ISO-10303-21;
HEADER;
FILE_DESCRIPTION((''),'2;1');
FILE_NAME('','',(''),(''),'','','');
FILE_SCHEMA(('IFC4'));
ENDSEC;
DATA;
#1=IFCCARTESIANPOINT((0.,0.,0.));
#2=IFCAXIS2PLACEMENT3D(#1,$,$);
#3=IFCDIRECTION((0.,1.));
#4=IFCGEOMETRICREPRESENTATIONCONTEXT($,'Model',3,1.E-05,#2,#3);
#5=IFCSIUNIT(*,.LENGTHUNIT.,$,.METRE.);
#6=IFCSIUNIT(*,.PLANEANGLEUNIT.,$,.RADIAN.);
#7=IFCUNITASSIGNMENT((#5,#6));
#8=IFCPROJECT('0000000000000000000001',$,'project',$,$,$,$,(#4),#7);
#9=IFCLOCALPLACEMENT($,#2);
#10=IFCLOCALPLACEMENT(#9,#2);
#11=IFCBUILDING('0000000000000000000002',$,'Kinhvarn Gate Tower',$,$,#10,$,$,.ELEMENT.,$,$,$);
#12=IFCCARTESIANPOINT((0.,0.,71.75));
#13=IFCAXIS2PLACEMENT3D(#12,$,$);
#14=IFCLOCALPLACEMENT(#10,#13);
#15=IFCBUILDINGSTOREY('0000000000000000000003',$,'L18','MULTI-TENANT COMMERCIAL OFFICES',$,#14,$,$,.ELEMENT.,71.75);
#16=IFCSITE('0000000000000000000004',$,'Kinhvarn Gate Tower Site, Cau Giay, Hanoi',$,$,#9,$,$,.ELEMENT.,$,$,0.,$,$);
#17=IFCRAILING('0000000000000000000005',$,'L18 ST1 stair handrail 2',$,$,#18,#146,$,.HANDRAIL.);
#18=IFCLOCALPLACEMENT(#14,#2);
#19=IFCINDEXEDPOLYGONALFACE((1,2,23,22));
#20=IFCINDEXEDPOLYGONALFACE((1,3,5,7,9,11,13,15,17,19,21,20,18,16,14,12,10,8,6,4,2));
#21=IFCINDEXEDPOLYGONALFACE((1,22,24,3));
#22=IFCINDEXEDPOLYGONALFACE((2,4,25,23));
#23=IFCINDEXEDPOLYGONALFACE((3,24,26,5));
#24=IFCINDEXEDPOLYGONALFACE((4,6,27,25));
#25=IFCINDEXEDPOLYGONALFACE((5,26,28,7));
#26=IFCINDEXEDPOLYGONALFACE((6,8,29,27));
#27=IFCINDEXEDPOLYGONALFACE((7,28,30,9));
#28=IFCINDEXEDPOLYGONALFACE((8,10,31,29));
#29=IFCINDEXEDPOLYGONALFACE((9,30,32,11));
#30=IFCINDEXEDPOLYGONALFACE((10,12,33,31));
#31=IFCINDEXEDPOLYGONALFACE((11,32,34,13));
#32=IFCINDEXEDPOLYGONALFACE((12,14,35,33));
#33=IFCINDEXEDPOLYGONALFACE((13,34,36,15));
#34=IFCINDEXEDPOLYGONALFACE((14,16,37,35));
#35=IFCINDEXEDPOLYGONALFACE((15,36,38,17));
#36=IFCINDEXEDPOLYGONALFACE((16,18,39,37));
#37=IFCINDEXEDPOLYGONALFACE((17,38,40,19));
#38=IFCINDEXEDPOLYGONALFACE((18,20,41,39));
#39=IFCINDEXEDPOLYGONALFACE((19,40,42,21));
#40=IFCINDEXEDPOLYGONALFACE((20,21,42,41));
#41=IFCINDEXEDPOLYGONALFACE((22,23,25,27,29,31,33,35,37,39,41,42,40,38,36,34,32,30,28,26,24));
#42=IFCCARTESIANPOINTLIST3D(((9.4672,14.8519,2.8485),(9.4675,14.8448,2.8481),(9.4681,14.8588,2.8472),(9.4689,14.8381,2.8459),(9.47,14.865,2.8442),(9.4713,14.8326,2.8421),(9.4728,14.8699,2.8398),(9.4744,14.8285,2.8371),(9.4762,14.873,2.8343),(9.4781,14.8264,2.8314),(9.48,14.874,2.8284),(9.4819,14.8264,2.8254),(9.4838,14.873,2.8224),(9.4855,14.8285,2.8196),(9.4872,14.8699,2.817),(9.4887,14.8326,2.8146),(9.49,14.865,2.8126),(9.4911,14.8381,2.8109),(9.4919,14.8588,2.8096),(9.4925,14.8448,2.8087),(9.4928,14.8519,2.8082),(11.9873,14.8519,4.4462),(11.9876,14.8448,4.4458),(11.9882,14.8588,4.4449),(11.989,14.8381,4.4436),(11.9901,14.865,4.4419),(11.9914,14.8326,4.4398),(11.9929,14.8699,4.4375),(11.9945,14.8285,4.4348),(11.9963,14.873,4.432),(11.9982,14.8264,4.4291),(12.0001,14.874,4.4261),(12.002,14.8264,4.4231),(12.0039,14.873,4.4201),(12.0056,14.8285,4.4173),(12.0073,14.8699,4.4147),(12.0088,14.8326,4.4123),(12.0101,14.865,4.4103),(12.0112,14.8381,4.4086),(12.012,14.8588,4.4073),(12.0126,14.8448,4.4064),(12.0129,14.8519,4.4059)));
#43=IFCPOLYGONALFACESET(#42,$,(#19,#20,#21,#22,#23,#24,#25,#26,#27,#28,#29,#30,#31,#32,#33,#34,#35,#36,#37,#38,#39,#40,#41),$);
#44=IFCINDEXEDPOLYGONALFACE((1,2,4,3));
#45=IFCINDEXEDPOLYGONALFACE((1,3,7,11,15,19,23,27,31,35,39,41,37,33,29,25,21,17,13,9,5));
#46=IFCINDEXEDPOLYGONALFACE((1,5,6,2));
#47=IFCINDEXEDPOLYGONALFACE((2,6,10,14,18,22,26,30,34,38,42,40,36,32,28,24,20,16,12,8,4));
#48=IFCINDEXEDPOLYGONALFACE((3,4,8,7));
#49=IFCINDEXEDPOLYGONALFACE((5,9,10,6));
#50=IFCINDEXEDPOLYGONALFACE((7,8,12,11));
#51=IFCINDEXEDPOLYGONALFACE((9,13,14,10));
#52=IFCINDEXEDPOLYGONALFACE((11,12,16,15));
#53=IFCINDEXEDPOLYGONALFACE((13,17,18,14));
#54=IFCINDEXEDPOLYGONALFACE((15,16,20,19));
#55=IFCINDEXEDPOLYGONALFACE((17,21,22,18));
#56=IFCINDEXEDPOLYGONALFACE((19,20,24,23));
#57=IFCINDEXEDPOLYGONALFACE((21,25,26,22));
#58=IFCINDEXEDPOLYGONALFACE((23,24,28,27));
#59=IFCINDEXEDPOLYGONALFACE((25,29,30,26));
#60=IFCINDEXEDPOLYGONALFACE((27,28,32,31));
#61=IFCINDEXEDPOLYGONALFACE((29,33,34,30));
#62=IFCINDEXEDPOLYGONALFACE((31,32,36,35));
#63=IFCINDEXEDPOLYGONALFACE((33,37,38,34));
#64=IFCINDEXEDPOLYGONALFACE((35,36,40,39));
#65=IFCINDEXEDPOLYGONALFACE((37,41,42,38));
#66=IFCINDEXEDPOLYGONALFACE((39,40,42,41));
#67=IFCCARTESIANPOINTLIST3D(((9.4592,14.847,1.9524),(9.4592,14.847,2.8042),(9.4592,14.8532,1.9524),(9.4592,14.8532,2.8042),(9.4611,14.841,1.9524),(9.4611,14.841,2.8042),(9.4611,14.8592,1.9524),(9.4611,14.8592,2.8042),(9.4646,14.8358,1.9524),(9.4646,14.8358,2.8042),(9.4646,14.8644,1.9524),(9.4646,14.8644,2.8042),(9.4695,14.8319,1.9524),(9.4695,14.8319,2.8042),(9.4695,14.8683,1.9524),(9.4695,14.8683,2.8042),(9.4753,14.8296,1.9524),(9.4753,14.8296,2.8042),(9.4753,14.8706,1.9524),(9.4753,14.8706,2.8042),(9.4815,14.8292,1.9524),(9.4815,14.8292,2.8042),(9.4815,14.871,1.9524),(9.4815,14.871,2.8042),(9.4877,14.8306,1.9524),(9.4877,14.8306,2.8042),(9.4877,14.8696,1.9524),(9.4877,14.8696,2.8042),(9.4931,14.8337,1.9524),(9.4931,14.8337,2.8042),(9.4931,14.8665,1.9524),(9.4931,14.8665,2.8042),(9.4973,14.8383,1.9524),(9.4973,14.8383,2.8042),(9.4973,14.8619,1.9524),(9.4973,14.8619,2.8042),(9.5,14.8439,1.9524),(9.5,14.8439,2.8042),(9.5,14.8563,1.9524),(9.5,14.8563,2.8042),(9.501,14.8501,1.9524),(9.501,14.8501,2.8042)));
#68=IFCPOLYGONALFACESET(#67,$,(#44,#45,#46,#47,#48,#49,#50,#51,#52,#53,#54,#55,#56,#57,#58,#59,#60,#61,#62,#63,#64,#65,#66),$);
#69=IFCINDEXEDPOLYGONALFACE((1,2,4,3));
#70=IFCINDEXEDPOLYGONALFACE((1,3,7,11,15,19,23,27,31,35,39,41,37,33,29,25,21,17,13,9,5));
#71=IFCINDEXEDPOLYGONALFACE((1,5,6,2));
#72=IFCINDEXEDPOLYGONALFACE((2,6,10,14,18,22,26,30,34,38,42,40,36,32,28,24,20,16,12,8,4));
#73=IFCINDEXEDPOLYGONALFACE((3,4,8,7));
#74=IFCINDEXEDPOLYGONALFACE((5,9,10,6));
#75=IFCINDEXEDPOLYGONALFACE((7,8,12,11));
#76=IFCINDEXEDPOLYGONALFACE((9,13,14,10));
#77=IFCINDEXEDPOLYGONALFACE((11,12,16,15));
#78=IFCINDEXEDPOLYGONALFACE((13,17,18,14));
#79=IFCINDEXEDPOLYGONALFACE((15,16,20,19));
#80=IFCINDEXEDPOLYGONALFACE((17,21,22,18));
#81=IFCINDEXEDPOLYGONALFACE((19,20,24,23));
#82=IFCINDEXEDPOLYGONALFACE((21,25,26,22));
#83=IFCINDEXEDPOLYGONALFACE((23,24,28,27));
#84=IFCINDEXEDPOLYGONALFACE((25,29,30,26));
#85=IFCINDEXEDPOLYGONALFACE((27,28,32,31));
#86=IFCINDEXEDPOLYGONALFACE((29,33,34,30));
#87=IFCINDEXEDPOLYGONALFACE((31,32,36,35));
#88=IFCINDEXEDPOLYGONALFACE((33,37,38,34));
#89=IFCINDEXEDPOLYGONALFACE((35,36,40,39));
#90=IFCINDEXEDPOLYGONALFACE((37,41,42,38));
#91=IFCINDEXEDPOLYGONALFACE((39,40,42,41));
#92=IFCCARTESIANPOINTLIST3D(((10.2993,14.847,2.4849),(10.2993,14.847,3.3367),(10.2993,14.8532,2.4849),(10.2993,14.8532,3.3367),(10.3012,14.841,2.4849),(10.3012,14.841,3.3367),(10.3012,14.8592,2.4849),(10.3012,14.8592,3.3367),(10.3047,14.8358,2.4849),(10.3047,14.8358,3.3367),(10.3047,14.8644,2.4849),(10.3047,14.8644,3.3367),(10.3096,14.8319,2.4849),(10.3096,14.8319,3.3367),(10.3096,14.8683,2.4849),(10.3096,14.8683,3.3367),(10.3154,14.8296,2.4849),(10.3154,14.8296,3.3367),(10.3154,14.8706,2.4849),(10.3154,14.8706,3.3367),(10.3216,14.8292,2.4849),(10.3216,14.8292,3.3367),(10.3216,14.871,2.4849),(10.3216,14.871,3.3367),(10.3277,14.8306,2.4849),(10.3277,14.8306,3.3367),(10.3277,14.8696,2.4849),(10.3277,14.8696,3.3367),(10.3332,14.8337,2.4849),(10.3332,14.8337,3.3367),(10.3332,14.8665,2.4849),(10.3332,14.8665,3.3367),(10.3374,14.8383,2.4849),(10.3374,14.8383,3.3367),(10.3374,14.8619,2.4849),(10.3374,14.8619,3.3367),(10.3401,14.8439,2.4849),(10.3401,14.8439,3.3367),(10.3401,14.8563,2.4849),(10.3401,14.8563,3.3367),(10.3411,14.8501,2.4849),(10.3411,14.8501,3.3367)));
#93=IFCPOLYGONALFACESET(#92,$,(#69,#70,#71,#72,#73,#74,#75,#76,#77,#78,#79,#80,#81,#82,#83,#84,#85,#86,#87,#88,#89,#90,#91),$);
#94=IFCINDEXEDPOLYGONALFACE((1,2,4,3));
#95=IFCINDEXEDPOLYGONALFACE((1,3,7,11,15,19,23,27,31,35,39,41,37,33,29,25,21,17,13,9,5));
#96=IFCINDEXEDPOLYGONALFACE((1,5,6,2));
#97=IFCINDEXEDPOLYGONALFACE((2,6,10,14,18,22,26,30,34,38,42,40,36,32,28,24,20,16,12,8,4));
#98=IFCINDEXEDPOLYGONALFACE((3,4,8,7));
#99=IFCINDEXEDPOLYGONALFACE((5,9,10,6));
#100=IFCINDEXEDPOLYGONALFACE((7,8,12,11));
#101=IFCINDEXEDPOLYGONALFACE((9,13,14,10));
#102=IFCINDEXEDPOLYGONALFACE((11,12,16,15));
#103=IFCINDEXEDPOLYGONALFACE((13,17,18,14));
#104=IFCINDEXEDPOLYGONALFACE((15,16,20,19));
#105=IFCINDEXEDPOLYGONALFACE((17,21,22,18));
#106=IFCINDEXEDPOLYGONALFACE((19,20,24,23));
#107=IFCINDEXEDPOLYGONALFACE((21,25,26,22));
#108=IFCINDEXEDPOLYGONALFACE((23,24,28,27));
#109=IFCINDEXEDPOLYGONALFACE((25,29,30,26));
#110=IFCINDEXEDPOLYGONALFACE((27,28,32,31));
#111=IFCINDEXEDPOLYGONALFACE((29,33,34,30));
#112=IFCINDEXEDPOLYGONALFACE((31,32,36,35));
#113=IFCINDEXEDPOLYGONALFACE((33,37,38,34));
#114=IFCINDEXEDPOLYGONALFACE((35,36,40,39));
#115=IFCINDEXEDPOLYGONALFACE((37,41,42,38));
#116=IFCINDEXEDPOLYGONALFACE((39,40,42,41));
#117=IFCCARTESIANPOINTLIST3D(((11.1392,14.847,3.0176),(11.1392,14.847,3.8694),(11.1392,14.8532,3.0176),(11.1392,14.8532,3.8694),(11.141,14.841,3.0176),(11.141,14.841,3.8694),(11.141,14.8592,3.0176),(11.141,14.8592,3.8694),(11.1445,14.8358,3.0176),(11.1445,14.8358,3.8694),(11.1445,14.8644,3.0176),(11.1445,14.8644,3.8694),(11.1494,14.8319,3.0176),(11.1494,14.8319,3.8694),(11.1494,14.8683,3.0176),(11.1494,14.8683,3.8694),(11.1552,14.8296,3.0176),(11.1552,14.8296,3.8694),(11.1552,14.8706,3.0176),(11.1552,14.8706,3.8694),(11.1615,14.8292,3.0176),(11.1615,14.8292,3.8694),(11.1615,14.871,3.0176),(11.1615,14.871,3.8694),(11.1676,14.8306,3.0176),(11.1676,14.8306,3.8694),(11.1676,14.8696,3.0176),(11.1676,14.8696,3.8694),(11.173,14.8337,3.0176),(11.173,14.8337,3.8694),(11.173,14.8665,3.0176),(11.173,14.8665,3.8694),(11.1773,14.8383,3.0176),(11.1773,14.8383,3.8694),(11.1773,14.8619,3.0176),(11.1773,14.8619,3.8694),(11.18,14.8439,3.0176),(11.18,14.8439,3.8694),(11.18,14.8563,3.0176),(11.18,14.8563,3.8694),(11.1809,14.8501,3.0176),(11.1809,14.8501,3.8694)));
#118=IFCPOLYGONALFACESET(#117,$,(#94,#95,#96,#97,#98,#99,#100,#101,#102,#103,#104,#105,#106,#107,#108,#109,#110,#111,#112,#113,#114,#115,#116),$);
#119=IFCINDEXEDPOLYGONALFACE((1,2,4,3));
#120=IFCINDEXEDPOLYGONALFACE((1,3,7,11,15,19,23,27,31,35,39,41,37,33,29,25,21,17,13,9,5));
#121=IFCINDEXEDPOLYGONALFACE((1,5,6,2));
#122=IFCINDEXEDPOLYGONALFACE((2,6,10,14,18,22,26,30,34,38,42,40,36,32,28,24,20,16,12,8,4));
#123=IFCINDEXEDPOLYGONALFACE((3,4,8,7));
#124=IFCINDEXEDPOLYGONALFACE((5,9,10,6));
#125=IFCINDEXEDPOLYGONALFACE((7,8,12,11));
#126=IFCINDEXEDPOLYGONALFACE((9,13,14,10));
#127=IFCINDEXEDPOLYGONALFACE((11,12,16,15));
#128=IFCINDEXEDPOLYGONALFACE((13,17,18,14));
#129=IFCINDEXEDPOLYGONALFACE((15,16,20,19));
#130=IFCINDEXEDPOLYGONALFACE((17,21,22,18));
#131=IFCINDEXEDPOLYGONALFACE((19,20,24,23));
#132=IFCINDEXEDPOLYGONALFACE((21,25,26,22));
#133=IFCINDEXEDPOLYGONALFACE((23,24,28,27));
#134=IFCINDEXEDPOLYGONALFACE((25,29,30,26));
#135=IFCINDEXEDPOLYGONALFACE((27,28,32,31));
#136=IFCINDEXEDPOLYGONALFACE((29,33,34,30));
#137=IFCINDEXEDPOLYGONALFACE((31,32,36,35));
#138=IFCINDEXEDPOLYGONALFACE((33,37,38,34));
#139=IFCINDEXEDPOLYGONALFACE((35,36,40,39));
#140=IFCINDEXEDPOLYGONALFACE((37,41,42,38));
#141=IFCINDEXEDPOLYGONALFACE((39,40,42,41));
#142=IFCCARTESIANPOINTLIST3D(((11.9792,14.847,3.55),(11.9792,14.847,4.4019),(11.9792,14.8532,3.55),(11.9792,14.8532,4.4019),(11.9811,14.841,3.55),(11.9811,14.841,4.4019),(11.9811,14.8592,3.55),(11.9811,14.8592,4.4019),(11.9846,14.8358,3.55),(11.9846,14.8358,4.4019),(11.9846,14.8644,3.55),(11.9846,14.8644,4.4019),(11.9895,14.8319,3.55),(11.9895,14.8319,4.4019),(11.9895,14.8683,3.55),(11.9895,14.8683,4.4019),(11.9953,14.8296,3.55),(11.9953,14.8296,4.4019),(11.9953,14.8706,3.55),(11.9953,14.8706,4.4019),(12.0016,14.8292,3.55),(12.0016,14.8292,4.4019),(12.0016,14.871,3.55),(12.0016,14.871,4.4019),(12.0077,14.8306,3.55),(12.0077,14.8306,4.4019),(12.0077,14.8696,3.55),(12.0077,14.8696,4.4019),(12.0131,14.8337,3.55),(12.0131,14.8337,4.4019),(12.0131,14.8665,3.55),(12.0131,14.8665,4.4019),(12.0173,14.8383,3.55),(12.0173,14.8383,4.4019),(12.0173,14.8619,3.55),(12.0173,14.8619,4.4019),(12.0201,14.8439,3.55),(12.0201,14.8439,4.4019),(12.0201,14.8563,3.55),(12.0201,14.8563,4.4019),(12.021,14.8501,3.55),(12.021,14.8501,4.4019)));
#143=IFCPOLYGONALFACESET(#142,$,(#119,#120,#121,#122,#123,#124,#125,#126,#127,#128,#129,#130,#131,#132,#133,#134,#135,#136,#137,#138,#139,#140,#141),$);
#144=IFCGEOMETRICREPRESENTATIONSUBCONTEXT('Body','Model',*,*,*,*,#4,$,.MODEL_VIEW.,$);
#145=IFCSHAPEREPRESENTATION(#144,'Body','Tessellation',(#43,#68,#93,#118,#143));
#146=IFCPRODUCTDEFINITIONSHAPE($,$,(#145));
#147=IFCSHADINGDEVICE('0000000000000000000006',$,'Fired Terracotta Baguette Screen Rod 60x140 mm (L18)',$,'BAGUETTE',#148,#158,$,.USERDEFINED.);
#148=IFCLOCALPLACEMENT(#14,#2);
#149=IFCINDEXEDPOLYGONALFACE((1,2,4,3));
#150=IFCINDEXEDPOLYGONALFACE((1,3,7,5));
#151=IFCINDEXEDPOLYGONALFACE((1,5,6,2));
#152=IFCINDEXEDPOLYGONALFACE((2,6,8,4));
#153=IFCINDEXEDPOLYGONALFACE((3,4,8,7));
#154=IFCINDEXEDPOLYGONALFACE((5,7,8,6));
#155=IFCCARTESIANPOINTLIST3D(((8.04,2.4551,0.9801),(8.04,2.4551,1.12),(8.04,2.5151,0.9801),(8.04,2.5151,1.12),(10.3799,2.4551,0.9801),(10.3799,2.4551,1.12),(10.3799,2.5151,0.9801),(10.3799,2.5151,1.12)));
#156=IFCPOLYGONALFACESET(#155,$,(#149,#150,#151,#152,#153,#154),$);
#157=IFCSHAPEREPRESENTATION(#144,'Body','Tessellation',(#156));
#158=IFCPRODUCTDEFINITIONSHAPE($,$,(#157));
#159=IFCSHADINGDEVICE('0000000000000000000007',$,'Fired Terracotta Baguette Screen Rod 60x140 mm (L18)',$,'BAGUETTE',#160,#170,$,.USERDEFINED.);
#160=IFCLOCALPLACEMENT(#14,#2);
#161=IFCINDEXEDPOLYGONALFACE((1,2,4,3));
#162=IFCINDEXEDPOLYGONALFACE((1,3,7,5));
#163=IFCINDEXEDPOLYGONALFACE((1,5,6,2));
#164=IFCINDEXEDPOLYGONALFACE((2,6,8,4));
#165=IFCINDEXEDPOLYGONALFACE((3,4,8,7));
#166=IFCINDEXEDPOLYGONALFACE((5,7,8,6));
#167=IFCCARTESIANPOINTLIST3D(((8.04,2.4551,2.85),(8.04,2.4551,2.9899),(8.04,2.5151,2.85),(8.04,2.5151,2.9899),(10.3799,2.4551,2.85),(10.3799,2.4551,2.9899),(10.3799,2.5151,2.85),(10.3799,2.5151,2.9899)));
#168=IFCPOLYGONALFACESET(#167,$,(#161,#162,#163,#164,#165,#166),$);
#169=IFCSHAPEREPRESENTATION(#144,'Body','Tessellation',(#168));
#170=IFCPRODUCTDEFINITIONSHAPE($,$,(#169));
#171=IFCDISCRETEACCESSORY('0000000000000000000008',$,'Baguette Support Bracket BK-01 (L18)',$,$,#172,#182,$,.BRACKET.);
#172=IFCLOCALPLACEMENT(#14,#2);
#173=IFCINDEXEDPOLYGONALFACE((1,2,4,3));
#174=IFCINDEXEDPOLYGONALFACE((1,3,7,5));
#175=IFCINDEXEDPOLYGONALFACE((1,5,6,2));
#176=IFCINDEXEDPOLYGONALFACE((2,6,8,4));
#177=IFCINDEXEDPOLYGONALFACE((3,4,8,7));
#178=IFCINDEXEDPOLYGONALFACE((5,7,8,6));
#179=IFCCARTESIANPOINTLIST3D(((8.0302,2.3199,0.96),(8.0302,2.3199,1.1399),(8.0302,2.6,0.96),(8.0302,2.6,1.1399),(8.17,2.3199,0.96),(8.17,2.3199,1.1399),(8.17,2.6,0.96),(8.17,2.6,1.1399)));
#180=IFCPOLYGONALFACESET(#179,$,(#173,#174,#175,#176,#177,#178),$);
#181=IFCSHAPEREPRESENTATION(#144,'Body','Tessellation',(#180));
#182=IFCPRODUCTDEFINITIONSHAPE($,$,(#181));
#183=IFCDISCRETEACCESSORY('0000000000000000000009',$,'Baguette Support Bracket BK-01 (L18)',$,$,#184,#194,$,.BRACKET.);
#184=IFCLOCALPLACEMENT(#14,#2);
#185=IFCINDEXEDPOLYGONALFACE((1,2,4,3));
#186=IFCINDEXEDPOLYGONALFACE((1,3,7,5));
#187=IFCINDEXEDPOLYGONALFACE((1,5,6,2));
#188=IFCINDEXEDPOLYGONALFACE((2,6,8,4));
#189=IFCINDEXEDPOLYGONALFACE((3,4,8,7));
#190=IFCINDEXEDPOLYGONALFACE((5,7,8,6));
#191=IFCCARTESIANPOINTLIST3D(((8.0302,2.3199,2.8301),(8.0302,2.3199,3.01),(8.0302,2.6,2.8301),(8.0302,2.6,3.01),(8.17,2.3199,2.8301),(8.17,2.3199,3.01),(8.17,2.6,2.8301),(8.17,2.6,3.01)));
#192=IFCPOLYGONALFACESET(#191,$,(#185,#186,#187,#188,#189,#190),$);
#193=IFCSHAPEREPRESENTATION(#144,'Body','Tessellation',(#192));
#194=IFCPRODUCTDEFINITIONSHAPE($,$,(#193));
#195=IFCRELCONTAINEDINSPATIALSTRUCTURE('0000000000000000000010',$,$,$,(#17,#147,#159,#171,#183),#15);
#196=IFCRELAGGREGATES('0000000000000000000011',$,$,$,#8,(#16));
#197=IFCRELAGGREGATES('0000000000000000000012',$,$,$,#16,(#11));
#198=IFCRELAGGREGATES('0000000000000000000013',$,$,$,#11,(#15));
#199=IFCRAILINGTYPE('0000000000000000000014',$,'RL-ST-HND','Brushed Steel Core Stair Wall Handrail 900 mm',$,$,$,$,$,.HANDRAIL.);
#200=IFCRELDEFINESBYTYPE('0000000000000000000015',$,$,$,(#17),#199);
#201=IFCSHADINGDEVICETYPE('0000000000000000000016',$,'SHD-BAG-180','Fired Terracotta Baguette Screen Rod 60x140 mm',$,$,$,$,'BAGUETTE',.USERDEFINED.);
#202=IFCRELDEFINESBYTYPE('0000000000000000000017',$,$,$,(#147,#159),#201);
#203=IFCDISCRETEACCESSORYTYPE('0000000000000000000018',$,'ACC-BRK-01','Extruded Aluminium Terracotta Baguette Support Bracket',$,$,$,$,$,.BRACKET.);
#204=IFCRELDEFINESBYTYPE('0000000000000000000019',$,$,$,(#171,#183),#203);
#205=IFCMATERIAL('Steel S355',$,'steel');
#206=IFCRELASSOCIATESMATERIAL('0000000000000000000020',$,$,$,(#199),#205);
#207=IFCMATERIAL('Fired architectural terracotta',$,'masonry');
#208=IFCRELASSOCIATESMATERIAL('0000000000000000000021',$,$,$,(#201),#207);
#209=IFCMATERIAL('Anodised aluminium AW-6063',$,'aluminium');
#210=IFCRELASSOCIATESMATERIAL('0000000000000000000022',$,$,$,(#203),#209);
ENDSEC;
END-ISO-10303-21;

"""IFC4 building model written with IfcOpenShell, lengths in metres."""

from ifc_helpers import new_model, si_unit, direction, frame, origin, origin_2d, place, context, subcontext, project, spatial, rectangle, circle, extrude, material, material_profile, profile_set, type_object, element, save


model = new_model("IFC4")

# Units and contexts
model_context = context("Model", 3, precision=1e-05, world=origin(), true_north=direction((0.0, 1.0)))
body_context = subcontext(model_context, "Body", "Model", "MODEL_VIEW")
ifc_project = project(units=[si_unit("LENGTHUNIT", "METRE"), si_unit("PLANEANGLEUNIT", "RADIAN")], contexts=[model_context])

# Site, building, storey
site_placement = place(None, origin())
site = spatial("IfcSite", under=ifc_project, at=site_placement, Name="Kinhvarn Gate Tower Site, Cau Giay, Hanoi", CompositionType="ELEMENT", RefElevation=0.0)
building_placement = place(site_placement, origin())
building = spatial("IfcBuilding", under=site, at=building_placement, Name="Kinhvarn Gate Tower", CompositionType="ELEMENT")
storey_placement = place(building_placement, frame((0.0, 0.0, 71.75)))
storey = spatial("IfcBuildingStorey", under=building, at=storey_placement, Name="L18", Description="MULTI-TENANT COMMERCIAL OFFICES", CompositionType="ELEMENT", Elevation=71.75)

# Shared definitions
ifc_material_1 = material(Name="Anodised aluminium AW-6063", Category="aluminium")

# Shared definitions
ifc_material_2 = material(Name="Steel S355", Category="steel")

# Shared definitions
ifc_material_3 = material(Name="Fired architectural terracotta", Category="masonry")

# Railing
railing_type_1 = type_object("IfcRailingType", Name="RL-ST-HND", Description="Brushed Steel Core Stair Wall Handrail 900 mm", PredefinedType="HANDRAIL", material=ifc_material_2)
railing_1_placement = place(storey_placement, frame((9.48, 14.8501, 1.9524)))
element("IfcRailing", 1, at=railing_1_placement, inside=storey, type_object=railing_type_1, Name="L18 ST1 stair handrail 2", PredefinedType="HANDRAIL", context=body_context, shape_type="SweptSolid", body=[
    extrude(circle(Radius=0.0239, at=origin_2d()), frame((0.0, 0.0, 0.876), z_axis=(0.84457, 0.0, 0.535445), x_axis=(0.0, 1.0, 0.0)), (0.0, 0.0, 1.0), 2.9839),
    extrude(circle(Radius=0.021, at=origin_2d()), origin(), (0.0, 0.0, 1.0), 0.8518),
    extrude(circle(Radius=0.021, at=origin_2d()), frame((0.8401, 0.0, 0.5325)), (0.0, 0.0, 1.0), 0.8518),
    extrude(circle(Radius=0.021, at=origin_2d()), frame((1.6799, 0.0, 1.0652)), (0.0, 0.0, 1.0), 0.8518),
    extrude(circle(Radius=0.021, at=origin_2d()), frame((2.52, 0.0, 1.5977)), (0.0, 0.0, 1.0), 0.8518),
])

# Shading devices
ifc_material_profile_1 = material_profile(ifc_material_3, rectangle(XDim=0.0601, YDim=0.1399, at=origin_2d()), Name="TC 60x140")
ifc_profile_set_1 = profile_set([ifc_material_profile_1], Name="Fired architectural terracotta")
shading_device_type = type_object("IfcShadingDeviceType", Name="SHD-BAG-180", Description="Fired Terracotta Baguette Screen Rod 60x140 mm", ElementType="BAGUETTE", PredefinedType="USERDEFINED", material=ifc_profile_set_1)
for number, where, z_axis, x_axis, name in (
    (2, (8.04, 2.4851, 1.05), (1.0, 0.0, 0.0), (0.0, 1.0, 0.0), "Fired Terracotta Baguette Screen Rod 60x140 mm (L18)"),
    (3, (8.04, 2.4851, 2.9199), (1.0, 0.0, 0.0), (0.0, 1.0, 0.0), "Fired Terracotta Baguette Screen Rod 60x140 mm (L18)"),
):
    element("IfcShadingDevice", number, at=place(storey_placement, frame(where, z_axis=z_axis, x_axis=x_axis)), inside=storey, type_object=shading_device_type, Name=name, ObjectType="BAGUETTE", PredefinedType="USERDEFINED", context=body_context, shape_type="SweptSolid", body=[
        extrude(rectangle(XDim=0.0601, YDim=0.1399, at=origin_2d()), origin(), (0.0, 0.0, 1.0), 2.3398),
    ])

# Discrete accessories
discrete_accessory_type = type_object("IfcDiscreteAccessoryType", Name="ACC-BRK-01", Description="Extruded Aluminium Terracotta Baguette Support Bracket", PredefinedType="BRACKET", material=ifc_material_1)
for number, where, z_axis, x_axis, name in (
    (4, (8.1001, 2.46, 0.96), (0.0, 0.0, 1.0), (1.0, 0.0, 0.0), "Baguette Support Bracket BK-01 (L18)"),
    (5, (8.1001, 2.46, 2.8301), (0.0, 0.0, 1.0), (1.0, 0.0, 0.0), "Baguette Support Bracket BK-01 (L18)"),
):
    element("IfcDiscreteAccessory", number, at=place(storey_placement, frame(where, z_axis=z_axis, x_axis=x_axis)), inside=storey, type_object=discrete_accessory_type, Name=name, PredefinedType="BRACKET", context=body_context, shape_type="SweptSolid", body=[
        extrude(rectangle(XDim=0.1399, YDim=0.28, at=origin_2d()), origin(), (0.0, 0.0, 1.0), 0.1799),
    ])

save(model, "model.ifc")
